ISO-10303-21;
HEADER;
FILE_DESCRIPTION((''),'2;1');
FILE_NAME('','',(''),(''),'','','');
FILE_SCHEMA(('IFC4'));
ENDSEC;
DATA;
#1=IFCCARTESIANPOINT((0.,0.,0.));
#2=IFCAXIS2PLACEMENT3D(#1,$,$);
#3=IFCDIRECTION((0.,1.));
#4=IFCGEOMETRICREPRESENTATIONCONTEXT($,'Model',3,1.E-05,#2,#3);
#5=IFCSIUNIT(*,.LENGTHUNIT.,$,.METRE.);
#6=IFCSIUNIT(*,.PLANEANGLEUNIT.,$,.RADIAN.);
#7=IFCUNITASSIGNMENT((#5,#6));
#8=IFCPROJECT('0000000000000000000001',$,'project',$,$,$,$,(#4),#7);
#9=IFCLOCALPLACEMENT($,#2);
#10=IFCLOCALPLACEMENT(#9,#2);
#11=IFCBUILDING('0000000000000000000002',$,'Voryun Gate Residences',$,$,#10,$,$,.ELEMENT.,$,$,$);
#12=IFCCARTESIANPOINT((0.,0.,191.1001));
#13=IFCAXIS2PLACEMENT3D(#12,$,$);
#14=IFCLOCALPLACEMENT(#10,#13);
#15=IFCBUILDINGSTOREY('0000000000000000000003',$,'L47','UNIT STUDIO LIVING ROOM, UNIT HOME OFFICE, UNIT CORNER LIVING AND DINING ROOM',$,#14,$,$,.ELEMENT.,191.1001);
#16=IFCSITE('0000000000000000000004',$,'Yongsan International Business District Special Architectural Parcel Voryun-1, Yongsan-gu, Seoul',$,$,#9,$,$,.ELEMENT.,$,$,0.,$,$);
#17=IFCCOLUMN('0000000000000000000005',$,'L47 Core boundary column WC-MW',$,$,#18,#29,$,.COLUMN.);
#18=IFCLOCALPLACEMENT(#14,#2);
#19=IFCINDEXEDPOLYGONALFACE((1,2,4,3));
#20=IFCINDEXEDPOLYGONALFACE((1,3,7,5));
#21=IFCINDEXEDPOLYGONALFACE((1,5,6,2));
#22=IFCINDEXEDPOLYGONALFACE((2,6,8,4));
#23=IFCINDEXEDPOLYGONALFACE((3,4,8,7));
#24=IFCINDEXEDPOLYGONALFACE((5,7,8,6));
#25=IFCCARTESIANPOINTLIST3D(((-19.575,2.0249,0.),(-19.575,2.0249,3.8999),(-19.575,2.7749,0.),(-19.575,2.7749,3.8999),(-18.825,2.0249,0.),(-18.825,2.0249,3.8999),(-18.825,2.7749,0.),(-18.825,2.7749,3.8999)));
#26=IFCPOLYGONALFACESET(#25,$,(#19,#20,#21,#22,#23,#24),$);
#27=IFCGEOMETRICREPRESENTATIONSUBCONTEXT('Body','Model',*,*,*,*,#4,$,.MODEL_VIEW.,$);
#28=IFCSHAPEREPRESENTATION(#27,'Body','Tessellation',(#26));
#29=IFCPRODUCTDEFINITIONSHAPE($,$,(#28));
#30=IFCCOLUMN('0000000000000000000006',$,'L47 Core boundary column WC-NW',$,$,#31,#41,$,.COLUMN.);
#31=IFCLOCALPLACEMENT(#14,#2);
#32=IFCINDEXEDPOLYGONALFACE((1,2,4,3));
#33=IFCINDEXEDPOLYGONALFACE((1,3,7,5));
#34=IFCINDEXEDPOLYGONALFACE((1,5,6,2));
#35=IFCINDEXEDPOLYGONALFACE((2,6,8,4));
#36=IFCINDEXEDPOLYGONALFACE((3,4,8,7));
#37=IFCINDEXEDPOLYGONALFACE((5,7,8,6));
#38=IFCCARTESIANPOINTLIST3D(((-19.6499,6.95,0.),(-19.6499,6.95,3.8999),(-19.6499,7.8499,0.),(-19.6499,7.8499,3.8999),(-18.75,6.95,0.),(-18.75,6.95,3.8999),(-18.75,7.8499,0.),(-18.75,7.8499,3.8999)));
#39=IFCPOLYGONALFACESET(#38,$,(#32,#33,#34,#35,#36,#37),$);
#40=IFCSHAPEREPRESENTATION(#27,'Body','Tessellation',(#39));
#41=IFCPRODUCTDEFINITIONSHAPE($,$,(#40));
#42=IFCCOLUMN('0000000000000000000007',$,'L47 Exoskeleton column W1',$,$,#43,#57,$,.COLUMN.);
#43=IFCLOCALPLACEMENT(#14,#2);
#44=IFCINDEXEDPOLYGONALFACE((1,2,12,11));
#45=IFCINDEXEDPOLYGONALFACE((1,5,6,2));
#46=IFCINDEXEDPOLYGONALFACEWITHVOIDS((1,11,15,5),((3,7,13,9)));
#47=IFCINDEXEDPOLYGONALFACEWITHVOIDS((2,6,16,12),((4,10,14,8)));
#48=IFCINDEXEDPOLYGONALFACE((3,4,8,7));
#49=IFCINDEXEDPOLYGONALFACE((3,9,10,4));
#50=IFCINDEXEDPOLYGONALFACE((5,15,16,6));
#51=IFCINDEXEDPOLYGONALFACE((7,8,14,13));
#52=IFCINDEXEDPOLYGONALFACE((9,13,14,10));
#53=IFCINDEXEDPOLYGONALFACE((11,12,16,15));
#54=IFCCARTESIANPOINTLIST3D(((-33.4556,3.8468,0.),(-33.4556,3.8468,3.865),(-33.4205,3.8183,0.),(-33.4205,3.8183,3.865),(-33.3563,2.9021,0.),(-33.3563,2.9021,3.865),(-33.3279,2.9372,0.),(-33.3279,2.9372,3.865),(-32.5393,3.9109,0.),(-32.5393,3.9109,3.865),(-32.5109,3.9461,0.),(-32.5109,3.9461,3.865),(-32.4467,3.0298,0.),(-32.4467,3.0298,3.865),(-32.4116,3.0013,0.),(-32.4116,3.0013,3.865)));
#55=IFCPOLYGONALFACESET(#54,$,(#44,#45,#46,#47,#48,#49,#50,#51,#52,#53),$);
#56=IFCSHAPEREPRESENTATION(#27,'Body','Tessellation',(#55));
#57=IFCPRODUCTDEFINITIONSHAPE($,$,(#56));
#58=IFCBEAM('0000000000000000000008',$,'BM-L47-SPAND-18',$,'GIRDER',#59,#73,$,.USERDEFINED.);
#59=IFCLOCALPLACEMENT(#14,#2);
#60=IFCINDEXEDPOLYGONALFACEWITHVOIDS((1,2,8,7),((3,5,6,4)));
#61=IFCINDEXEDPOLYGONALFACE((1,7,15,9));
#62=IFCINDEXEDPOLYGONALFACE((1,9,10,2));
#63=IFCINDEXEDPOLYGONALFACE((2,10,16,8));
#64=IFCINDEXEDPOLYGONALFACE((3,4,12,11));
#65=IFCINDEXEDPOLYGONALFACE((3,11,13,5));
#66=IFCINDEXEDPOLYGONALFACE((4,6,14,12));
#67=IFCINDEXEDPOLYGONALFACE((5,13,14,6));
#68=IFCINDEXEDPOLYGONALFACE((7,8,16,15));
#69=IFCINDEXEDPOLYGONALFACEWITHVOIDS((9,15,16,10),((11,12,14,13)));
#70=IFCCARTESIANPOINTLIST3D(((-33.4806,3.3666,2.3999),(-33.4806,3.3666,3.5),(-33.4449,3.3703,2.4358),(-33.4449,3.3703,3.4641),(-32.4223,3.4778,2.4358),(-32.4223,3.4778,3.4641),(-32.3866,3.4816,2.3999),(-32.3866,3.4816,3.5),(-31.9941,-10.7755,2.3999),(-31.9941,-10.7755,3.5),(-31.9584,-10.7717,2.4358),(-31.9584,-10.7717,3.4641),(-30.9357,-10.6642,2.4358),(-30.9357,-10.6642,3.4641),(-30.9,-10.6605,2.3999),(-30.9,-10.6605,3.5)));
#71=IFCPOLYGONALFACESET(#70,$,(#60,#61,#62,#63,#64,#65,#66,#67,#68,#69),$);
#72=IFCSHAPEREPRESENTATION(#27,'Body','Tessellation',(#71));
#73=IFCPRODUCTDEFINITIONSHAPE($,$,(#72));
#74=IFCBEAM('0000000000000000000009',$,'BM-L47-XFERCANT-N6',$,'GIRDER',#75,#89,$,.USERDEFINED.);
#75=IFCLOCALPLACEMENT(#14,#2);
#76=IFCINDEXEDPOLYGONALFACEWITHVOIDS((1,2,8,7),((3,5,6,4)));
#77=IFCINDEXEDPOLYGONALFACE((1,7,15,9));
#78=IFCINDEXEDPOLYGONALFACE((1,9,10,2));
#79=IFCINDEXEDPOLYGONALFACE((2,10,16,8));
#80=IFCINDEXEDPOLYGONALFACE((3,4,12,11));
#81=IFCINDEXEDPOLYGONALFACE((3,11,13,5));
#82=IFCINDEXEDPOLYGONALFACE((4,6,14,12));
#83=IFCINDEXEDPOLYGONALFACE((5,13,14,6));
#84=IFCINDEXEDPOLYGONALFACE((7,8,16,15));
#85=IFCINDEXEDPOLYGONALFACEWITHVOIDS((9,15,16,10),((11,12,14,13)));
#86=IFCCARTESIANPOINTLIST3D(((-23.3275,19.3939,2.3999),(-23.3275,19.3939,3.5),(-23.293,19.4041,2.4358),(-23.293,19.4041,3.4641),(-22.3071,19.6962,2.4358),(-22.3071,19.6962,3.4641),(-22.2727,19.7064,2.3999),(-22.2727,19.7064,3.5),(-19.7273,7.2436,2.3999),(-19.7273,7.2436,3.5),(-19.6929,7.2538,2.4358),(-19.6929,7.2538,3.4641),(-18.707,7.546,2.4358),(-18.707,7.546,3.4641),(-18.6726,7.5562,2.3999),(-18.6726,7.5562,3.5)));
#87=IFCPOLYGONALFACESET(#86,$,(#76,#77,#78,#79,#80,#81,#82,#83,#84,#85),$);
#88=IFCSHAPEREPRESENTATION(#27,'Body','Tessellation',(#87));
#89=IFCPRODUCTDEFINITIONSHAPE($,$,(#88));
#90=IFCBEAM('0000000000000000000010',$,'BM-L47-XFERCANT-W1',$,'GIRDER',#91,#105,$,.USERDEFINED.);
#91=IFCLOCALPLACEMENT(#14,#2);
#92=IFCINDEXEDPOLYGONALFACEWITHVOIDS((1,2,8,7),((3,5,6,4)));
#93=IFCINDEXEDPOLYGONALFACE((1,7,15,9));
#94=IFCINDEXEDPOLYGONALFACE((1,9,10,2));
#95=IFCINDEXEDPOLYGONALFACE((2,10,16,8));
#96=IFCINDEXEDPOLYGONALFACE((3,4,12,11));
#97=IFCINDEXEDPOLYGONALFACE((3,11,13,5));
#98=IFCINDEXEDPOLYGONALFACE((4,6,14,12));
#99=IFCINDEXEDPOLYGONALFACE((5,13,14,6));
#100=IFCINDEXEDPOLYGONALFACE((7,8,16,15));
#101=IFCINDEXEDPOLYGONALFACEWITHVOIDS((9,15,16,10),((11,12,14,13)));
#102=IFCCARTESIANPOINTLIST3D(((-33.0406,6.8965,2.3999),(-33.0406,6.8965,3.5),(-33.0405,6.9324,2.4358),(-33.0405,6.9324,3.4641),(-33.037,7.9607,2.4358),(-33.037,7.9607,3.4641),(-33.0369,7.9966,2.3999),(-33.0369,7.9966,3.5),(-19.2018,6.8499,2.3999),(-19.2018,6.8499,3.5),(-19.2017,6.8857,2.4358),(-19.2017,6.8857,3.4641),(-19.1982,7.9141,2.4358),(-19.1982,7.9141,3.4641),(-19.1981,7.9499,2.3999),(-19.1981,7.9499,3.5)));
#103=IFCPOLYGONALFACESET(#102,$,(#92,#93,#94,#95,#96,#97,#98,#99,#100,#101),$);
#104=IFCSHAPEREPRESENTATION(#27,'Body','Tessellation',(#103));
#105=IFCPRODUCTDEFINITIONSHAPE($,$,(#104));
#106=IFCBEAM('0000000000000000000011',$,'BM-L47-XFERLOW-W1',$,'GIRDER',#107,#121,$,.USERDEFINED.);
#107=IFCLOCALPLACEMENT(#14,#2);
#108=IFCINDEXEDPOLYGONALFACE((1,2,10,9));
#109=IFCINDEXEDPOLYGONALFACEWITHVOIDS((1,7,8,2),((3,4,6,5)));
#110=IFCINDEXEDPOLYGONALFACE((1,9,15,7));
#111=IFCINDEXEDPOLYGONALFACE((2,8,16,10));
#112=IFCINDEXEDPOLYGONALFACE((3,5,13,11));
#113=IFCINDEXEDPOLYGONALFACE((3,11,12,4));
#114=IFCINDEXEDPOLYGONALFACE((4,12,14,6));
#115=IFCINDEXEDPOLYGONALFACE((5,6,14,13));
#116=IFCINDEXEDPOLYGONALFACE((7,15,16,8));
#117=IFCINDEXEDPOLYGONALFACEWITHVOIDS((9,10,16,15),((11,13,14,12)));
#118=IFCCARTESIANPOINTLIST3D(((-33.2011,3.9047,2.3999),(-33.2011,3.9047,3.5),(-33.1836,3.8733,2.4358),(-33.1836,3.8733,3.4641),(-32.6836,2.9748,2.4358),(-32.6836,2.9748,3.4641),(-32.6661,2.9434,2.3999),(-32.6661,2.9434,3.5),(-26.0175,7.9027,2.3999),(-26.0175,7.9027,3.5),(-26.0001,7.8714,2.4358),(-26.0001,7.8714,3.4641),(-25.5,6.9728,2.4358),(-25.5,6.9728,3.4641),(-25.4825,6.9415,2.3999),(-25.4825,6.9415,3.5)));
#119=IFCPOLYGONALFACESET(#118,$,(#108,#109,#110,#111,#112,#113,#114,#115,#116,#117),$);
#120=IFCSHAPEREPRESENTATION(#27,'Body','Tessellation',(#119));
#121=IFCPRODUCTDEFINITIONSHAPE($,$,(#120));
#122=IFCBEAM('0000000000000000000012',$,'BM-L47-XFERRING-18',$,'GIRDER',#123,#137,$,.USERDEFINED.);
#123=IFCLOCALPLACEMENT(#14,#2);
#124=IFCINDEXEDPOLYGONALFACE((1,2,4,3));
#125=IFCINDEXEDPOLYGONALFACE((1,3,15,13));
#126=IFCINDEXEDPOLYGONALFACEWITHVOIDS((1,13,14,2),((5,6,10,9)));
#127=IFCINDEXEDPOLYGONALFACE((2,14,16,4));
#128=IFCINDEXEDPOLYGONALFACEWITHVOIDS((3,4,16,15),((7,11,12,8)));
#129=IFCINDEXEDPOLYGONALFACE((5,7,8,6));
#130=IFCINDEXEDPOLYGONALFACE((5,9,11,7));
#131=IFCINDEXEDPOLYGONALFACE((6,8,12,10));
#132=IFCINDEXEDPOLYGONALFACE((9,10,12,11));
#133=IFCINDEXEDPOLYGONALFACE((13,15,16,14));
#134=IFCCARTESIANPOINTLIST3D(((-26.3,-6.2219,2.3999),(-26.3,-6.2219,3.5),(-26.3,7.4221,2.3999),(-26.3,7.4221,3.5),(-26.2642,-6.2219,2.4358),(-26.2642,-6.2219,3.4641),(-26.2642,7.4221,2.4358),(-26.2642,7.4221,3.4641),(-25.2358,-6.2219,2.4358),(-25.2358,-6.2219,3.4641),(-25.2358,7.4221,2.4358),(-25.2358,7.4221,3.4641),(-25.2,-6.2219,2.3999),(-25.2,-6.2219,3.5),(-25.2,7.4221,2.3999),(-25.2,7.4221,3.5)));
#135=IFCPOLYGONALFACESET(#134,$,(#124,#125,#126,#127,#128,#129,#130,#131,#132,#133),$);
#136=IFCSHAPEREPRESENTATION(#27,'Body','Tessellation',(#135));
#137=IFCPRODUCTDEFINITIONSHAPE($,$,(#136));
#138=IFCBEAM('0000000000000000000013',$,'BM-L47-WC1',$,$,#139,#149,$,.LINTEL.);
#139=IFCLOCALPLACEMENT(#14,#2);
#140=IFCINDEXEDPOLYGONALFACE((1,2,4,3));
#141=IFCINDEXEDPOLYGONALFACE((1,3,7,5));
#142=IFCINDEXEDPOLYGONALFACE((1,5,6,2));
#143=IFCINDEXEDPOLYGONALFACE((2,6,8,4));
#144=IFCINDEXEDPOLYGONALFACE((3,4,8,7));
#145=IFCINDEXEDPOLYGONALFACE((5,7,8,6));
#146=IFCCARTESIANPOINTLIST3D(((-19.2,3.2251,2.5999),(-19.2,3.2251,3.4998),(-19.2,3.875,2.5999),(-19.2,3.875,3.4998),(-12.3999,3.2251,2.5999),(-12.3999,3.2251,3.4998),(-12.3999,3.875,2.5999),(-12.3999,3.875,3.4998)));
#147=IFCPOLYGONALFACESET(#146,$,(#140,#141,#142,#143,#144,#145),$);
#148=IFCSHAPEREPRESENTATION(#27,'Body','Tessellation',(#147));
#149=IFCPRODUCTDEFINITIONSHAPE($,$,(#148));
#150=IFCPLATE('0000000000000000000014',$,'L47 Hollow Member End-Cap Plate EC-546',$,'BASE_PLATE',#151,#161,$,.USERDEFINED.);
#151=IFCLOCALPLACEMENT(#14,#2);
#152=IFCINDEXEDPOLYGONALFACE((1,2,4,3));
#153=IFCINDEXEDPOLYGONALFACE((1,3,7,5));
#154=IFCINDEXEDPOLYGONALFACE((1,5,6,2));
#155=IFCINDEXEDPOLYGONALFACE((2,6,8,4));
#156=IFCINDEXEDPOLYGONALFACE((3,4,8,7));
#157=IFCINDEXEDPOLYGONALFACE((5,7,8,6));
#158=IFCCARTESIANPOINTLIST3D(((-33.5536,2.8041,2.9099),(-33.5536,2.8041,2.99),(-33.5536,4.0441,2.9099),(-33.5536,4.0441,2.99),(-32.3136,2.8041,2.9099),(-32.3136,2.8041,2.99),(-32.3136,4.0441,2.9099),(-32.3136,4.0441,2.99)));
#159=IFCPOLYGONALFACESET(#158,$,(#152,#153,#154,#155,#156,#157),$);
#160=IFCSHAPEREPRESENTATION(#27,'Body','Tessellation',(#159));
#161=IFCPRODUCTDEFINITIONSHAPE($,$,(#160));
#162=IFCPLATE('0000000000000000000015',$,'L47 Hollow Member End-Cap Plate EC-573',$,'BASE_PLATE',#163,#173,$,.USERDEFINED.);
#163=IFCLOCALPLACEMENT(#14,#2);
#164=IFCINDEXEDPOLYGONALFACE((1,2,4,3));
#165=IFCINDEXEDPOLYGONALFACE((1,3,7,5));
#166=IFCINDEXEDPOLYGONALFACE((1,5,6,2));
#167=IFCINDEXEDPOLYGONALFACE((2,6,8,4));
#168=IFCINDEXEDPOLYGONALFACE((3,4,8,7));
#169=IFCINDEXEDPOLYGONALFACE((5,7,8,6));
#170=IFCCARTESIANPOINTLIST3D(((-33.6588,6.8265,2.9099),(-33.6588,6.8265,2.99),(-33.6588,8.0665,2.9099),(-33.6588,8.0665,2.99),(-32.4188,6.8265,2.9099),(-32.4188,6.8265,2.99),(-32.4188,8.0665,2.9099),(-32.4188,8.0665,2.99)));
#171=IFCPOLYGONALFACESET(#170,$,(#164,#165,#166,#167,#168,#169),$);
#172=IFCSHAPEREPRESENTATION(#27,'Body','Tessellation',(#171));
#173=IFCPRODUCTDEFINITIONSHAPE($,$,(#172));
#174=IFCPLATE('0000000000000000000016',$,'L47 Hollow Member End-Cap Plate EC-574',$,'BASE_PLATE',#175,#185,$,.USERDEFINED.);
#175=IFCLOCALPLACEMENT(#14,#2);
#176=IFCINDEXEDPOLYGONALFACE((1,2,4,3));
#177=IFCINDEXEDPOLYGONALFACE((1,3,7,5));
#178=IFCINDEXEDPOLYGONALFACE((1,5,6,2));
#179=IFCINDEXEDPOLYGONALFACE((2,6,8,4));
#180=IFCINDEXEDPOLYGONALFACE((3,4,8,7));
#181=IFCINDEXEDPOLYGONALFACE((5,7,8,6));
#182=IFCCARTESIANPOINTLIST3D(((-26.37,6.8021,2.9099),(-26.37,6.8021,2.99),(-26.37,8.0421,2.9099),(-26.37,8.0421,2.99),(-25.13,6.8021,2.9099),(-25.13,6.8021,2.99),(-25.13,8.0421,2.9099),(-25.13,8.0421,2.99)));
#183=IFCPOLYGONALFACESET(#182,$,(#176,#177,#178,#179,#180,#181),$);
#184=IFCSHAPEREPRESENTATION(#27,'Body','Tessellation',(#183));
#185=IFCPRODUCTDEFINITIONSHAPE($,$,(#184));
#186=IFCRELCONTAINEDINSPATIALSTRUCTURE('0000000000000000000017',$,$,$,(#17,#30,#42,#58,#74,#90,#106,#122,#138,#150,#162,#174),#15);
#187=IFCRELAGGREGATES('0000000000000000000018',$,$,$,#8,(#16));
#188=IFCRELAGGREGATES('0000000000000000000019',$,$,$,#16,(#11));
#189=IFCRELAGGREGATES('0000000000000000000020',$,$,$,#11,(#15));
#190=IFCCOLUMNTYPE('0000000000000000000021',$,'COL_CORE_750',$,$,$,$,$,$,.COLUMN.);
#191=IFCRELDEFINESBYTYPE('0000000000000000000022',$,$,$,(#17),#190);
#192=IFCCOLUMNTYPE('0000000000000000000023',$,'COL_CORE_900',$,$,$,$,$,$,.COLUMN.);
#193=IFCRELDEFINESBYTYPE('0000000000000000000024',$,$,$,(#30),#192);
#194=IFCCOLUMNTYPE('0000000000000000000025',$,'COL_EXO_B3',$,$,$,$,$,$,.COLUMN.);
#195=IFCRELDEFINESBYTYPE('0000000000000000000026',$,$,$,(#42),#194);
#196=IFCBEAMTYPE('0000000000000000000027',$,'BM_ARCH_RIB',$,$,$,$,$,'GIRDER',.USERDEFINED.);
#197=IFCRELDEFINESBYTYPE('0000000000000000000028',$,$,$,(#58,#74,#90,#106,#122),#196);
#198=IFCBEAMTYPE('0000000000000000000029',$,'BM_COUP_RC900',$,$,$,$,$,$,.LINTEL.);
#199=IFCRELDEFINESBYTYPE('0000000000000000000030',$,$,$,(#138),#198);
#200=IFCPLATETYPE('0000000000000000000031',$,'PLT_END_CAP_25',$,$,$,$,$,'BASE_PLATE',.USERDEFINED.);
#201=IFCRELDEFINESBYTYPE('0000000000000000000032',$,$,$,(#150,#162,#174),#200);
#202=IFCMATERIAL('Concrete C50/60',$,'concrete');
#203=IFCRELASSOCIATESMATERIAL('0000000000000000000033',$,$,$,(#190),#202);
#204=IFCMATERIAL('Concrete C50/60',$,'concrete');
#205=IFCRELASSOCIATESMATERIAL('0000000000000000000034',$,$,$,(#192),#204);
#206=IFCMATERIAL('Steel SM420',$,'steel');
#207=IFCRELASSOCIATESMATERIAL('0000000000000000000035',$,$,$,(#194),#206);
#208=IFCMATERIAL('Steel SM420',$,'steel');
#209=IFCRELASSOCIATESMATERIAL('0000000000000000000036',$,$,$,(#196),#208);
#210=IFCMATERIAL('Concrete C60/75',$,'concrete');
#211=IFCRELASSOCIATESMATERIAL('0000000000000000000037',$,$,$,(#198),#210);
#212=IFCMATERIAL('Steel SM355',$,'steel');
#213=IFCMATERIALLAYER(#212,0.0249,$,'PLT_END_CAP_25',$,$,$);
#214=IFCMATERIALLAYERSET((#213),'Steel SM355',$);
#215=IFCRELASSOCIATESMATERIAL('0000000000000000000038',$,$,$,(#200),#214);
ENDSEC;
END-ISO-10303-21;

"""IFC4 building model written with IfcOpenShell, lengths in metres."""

from ifc_helpers import new_model, si_unit, direction, frame, origin, origin_2d, place, context, subcontext, project, spatial, rectangle, hollow_rectangle, extrude, material, layer, layer_set, material_profile, profile_set, type_object, element, save


model = new_model("IFC4")

# Units and contexts
model_context = context("Model", 3, precision=1e-05, world=origin(), true_north=direction((0.0, 1.0)))
body_context = subcontext(model_context, "Body", "Model", "MODEL_VIEW")
ifc_project = project(units=[si_unit("LENGTHUNIT", "METRE"), si_unit("PLANEANGLEUNIT", "RADIAN")], contexts=[model_context])

# Site, building, storey
site_placement = place(None, origin())
site = spatial("IfcSite", under=ifc_project, at=site_placement, Name="Yongsan International Business District Special Architectural Parcel Voryun-1, Yongsan-gu, Seoul", CompositionType="ELEMENT", RefElevation=0.0)
building_placement = place(site_placement, origin())
building = spatial("IfcBuilding", under=site, at=building_placement, Name="Voryun Gate Residences", CompositionType="ELEMENT")
storey_placement = place(building_placement, frame((0.0, 0.0, 191.1001)))
storey = spatial("IfcBuildingStorey", under=building, at=storey_placement, Name="L47", Description="UNIT STUDIO LIVING ROOM, UNIT HOME OFFICE, UNIT CORNER LIVING AND DINING ROOM", CompositionType="ELEMENT", Elevation=191.1001)

# Columns
ifc_material_1 = material(Name="Concrete C50/60", Category="concrete")
ifc_material_profile_1 = material_profile(ifc_material_1, rectangle(XDim=0.75, YDim=0.75, at=origin_2d()), Name="RC-750x750")
ifc_profile_set_1 = profile_set([ifc_material_profile_1], Name="Concrete C50/60")
column_type_1 = type_object("IfcColumnType", Name="COL_CORE_750", PredefinedType="COLUMN", material=ifc_profile_set_1)
column_1_placement = place(storey_placement, frame((-19.2, 2.3999, 0.0), z_axis=(0.0, 0.0, 1.0), x_axis=(1.0, 0.0, 0.0)))
element("IfcColumn", 1, at=column_1_placement, inside=storey, type_object=column_type_1, Name="L47 Core boundary column WC-MW", PredefinedType="COLUMN", context=body_context, shape_type="SweptSolid", body=[
    extrude(rectangle(XDim=0.75, YDim=0.75, at=origin_2d()), origin(), (0.0, 0.0, 1.0), 3.8999),
])
ifc_material_2 = material(Name="Concrete C50/60", Category="concrete")
ifc_material_profile_2 = material_profile(ifc_material_2, rectangle(XDim=0.8999, YDim=0.8999, at=origin_2d()), Name="RC-900x900")
ifc_profile_set_2 = profile_set([ifc_material_profile_2], Name="Concrete C50/60")
column_type_2 = type_object("IfcColumnType", Name="COL_CORE_900", PredefinedType="COLUMN", material=ifc_profile_set_2)
column_2_placement = place(storey_placement, frame((-19.2, 7.3999, 0.0), z_axis=(0.0, 0.0, 1.0), x_axis=(1.0, 0.0, 0.0)))
element("IfcColumn", 2, at=column_2_placement, inside=storey, type_object=column_type_2, Name="L47 Core boundary column WC-NW", PredefinedType="COLUMN", context=body_context, shape_type="SweptSolid", body=[
    extrude(rectangle(XDim=0.8999, YDim=0.8999, at=origin_2d()), origin(), (0.0, 0.0, 1.0), 3.8999),
])
ifc_material_3 = material(Name="Steel SM420", Category="steel")
ifc_material_profile_3 = material_profile(ifc_material_3, hollow_rectangle(XDim=0.95, YDim=0.95, WallThickness=0.032, at=origin_2d()), Name="BOX-950x950x32")
ifc_profile_set_3 = profile_set([ifc_material_profile_3], Name="Steel SM420")
column_type_3 = type_object("IfcColumnType", Name="COL_EXO_B3", PredefinedType="COLUMN", material=ifc_profile_set_3)
column_3_placement = place(storey_placement, frame((-32.9336, 3.4241, 0.0), z_axis=(0.0, 0.0, 1.0), x_axis=(0.994522, 0.104528, 0.0)))
element("IfcColumn", 3, at=column_3_placement, inside=storey, type_object=column_type_3, Name="L47 Exoskeleton column W1", PredefinedType="COLUMN", context=body_context, shape_type="SweptSolid", body=[
    extrude(hollow_rectangle(XDim=0.95, YDim=0.95, WallThickness=0.032, at=origin_2d()), origin(), (0.0, 0.0, 1.0), 3.865),
])

# Beams
ifc_material_4 = material(Name="Steel SM420", Category="steel")
ifc_material_profile_4 = material_profile(ifc_material_4, hollow_rectangle(XDim=1.1001, YDim=1.1001, WallThickness=0.0359, at=origin_2d()), Name="BOX-1100x1100x36")
ifc_profile_set_4 = profile_set([ifc_material_profile_4], Name="Steel SM420")
beam_type_1 = type_object("IfcBeamType", Name="BM_ARCH_RIB", ElementType="GIRDER", PredefinedType="USERDEFINED", material=ifc_profile_set_4)
beam_1_placement = place(storey_placement, frame((-32.9336, 3.4241, 2.95), z_axis=(0.104541, -0.994521, 0.0), x_axis=(0.994521, 0.104541, 0.0)))
element("IfcBeam", 4, at=beam_1_placement, inside=storey, type_object=beam_type_1, Name="BM-L47-SPAND-18", ObjectType="GIRDER", PredefinedType="USERDEFINED", context=body_context, shape_type="SweptSolid", body=[
    extrude(hollow_rectangle(XDim=1.1001, YDim=1.1001, WallThickness=0.0359, at=origin_2d()), origin(), (0.0, 0.0, 1.0), 14.22),
])
beam_2_placement = place(storey_placement, frame((-19.2, 7.3999, 2.95), z_axis=(-0.284092, 0.958797, 0.0), x_axis=(-0.958797, -0.284092, 0.0)))
element("IfcBeam", 5, at=beam_2_placement, inside=storey, type_object=beam_type_1, Name="BM-L47-XFERCANT-N6", ObjectType="GIRDER", PredefinedType="USERDEFINED", context=body_context, shape_type="SweptSolid", body=[
    extrude(hollow_rectangle(XDim=1.1001, YDim=1.1001, WallThickness=0.0359, at=origin_2d()), origin(), (0.0, 0.0, 1.0), 12.6724),
])
beam_3_placement = place(storey_placement, frame((-19.2, 7.3999, 2.95), z_axis=(-0.999994, 0.00337, 0.0), x_axis=(-0.00337, -0.999994, 0.0)))
element("IfcBeam", 6, at=beam_3_placement, inside=storey, type_object=beam_type_1, Name="BM-L47-XFERCANT-W1", ObjectType="GIRDER", PredefinedType="USERDEFINED", context=body_context, shape_type="SweptSolid", body=[
    extrude(hollow_rectangle(XDim=1.1001, YDim=1.1001, WallThickness=0.0359, at=origin_2d()), origin(), (0.0, 0.0, 1.0), 13.8389),
])
beam_4_placement = place(storey_placement, frame((-32.9336, 3.4241, 2.95), z_axis=(0.873787, 0.486308, 0.0), x_axis=(-0.486308, 0.873787, 0.0)))
element("IfcBeam", 7, at=beam_4_placement, inside=storey, type_object=beam_type_1, Name="BM-L47-XFERLOW-W1", ObjectType="GIRDER", PredefinedType="USERDEFINED", context=body_context, shape_type="SweptSolid", body=[
    extrude(hollow_rectangle(XDim=1.1001, YDim=1.1001, WallThickness=0.0359, at=origin_2d()), origin(), (0.0, 0.0, 1.0), 8.2212),
])
beam_5_placement = place(storey_placement, frame((-25.75, 7.4221, 2.95), z_axis=(0.0, -1.0, 0.0), x_axis=(1.0, 0.0, 0.0)))
element("IfcBeam", 8, at=beam_5_placement, inside=storey, type_object=beam_type_1, Name="BM-L47-XFERRING-18", ObjectType="GIRDER", PredefinedType="USERDEFINED", context=body_context, shape_type="SweptSolid", body=[
    extrude(hollow_rectangle(XDim=1.1001, YDim=1.1001, WallThickness=0.0359, at=origin_2d()), origin(), (0.0, 0.0, 1.0), 13.644),
])
ifc_material_5 = material(Name="Concrete C60/75", Category="concrete")
ifc_material_profile_5 = material_profile(ifc_material_5, rectangle(XDim=0.6499, YDim=0.8999, at=origin_2d()), Name="RC-650x900")
ifc_profile_set_5 = profile_set([ifc_material_profile_5], Name="Concrete C60/75")
beam_type_2 = type_object("IfcBeamType", Name="BM_COUP_RC900", PredefinedType="LINTEL", material=ifc_profile_set_5)
beam_6_placement = place(storey_placement, frame((-19.2, 3.55, 3.0498), z_axis=(1.0, 0.0, 0.0), x_axis=(0.0, 1.0, 0.0)))
element("IfcBeam", 9, at=beam_6_placement, inside=storey, type_object=beam_type_2, Name="BM-L47-WC1", PredefinedType="LINTEL", context=body_context, shape_type="SweptSolid", body=[
    extrude(rectangle(XDim=0.6499, YDim=0.8999, at=origin_2d()), origin(), (0.0, 0.0, 1.0), 6.8),
])

# Plates
ifc_material_6 = material(Name="Steel SM355", Category="steel")
ifc_layer_1 = layer(ifc_material_6, 0.0249, Name="PLT_END_CAP_25")
ifc_layer_set_1 = layer_set([ifc_layer_1], Name="Steel SM355")
plate_type = type_object("IfcPlateType", Name="PLT_END_CAP_25", ElementType="BASE_PLATE", PredefinedType="USERDEFINED", material=ifc_layer_set_1)
for number, where, z_axis, x_axis, name in (
    (10, (-32.9336, 3.4241, 2.9099), (0.0, 0.0, 1.0), (1.0, 0.0, 0.0), "L47 Hollow Member End-Cap Plate EC-546"),
    (11, (-33.0388, 7.4465, 2.9099), (0.0, 0.0, 1.0), (1.0, 0.0, 0.0), "L47 Hollow Member End-Cap Plate EC-573"),
    (12, (-25.75, 7.4221, 2.9099), (0.0, 0.0, 1.0), (1.0, 0.0, 0.0), "L47 Hollow Member End-Cap Plate EC-574"),
):
    element("IfcPlate", number, at=place(storey_placement, frame(where, z_axis=z_axis, x_axis=x_axis)), inside=storey, type_object=plate_type, Name=name, ObjectType="BASE_PLATE", PredefinedType="USERDEFINED", context=body_context, shape_type="SweptSolid", body=[
        extrude(rectangle(XDim=1.24, YDim=1.24, at=origin_2d()), origin(), (0.0, 0.0, 1.0), 0.0801),
    ])

save(model, "model.ifc")
